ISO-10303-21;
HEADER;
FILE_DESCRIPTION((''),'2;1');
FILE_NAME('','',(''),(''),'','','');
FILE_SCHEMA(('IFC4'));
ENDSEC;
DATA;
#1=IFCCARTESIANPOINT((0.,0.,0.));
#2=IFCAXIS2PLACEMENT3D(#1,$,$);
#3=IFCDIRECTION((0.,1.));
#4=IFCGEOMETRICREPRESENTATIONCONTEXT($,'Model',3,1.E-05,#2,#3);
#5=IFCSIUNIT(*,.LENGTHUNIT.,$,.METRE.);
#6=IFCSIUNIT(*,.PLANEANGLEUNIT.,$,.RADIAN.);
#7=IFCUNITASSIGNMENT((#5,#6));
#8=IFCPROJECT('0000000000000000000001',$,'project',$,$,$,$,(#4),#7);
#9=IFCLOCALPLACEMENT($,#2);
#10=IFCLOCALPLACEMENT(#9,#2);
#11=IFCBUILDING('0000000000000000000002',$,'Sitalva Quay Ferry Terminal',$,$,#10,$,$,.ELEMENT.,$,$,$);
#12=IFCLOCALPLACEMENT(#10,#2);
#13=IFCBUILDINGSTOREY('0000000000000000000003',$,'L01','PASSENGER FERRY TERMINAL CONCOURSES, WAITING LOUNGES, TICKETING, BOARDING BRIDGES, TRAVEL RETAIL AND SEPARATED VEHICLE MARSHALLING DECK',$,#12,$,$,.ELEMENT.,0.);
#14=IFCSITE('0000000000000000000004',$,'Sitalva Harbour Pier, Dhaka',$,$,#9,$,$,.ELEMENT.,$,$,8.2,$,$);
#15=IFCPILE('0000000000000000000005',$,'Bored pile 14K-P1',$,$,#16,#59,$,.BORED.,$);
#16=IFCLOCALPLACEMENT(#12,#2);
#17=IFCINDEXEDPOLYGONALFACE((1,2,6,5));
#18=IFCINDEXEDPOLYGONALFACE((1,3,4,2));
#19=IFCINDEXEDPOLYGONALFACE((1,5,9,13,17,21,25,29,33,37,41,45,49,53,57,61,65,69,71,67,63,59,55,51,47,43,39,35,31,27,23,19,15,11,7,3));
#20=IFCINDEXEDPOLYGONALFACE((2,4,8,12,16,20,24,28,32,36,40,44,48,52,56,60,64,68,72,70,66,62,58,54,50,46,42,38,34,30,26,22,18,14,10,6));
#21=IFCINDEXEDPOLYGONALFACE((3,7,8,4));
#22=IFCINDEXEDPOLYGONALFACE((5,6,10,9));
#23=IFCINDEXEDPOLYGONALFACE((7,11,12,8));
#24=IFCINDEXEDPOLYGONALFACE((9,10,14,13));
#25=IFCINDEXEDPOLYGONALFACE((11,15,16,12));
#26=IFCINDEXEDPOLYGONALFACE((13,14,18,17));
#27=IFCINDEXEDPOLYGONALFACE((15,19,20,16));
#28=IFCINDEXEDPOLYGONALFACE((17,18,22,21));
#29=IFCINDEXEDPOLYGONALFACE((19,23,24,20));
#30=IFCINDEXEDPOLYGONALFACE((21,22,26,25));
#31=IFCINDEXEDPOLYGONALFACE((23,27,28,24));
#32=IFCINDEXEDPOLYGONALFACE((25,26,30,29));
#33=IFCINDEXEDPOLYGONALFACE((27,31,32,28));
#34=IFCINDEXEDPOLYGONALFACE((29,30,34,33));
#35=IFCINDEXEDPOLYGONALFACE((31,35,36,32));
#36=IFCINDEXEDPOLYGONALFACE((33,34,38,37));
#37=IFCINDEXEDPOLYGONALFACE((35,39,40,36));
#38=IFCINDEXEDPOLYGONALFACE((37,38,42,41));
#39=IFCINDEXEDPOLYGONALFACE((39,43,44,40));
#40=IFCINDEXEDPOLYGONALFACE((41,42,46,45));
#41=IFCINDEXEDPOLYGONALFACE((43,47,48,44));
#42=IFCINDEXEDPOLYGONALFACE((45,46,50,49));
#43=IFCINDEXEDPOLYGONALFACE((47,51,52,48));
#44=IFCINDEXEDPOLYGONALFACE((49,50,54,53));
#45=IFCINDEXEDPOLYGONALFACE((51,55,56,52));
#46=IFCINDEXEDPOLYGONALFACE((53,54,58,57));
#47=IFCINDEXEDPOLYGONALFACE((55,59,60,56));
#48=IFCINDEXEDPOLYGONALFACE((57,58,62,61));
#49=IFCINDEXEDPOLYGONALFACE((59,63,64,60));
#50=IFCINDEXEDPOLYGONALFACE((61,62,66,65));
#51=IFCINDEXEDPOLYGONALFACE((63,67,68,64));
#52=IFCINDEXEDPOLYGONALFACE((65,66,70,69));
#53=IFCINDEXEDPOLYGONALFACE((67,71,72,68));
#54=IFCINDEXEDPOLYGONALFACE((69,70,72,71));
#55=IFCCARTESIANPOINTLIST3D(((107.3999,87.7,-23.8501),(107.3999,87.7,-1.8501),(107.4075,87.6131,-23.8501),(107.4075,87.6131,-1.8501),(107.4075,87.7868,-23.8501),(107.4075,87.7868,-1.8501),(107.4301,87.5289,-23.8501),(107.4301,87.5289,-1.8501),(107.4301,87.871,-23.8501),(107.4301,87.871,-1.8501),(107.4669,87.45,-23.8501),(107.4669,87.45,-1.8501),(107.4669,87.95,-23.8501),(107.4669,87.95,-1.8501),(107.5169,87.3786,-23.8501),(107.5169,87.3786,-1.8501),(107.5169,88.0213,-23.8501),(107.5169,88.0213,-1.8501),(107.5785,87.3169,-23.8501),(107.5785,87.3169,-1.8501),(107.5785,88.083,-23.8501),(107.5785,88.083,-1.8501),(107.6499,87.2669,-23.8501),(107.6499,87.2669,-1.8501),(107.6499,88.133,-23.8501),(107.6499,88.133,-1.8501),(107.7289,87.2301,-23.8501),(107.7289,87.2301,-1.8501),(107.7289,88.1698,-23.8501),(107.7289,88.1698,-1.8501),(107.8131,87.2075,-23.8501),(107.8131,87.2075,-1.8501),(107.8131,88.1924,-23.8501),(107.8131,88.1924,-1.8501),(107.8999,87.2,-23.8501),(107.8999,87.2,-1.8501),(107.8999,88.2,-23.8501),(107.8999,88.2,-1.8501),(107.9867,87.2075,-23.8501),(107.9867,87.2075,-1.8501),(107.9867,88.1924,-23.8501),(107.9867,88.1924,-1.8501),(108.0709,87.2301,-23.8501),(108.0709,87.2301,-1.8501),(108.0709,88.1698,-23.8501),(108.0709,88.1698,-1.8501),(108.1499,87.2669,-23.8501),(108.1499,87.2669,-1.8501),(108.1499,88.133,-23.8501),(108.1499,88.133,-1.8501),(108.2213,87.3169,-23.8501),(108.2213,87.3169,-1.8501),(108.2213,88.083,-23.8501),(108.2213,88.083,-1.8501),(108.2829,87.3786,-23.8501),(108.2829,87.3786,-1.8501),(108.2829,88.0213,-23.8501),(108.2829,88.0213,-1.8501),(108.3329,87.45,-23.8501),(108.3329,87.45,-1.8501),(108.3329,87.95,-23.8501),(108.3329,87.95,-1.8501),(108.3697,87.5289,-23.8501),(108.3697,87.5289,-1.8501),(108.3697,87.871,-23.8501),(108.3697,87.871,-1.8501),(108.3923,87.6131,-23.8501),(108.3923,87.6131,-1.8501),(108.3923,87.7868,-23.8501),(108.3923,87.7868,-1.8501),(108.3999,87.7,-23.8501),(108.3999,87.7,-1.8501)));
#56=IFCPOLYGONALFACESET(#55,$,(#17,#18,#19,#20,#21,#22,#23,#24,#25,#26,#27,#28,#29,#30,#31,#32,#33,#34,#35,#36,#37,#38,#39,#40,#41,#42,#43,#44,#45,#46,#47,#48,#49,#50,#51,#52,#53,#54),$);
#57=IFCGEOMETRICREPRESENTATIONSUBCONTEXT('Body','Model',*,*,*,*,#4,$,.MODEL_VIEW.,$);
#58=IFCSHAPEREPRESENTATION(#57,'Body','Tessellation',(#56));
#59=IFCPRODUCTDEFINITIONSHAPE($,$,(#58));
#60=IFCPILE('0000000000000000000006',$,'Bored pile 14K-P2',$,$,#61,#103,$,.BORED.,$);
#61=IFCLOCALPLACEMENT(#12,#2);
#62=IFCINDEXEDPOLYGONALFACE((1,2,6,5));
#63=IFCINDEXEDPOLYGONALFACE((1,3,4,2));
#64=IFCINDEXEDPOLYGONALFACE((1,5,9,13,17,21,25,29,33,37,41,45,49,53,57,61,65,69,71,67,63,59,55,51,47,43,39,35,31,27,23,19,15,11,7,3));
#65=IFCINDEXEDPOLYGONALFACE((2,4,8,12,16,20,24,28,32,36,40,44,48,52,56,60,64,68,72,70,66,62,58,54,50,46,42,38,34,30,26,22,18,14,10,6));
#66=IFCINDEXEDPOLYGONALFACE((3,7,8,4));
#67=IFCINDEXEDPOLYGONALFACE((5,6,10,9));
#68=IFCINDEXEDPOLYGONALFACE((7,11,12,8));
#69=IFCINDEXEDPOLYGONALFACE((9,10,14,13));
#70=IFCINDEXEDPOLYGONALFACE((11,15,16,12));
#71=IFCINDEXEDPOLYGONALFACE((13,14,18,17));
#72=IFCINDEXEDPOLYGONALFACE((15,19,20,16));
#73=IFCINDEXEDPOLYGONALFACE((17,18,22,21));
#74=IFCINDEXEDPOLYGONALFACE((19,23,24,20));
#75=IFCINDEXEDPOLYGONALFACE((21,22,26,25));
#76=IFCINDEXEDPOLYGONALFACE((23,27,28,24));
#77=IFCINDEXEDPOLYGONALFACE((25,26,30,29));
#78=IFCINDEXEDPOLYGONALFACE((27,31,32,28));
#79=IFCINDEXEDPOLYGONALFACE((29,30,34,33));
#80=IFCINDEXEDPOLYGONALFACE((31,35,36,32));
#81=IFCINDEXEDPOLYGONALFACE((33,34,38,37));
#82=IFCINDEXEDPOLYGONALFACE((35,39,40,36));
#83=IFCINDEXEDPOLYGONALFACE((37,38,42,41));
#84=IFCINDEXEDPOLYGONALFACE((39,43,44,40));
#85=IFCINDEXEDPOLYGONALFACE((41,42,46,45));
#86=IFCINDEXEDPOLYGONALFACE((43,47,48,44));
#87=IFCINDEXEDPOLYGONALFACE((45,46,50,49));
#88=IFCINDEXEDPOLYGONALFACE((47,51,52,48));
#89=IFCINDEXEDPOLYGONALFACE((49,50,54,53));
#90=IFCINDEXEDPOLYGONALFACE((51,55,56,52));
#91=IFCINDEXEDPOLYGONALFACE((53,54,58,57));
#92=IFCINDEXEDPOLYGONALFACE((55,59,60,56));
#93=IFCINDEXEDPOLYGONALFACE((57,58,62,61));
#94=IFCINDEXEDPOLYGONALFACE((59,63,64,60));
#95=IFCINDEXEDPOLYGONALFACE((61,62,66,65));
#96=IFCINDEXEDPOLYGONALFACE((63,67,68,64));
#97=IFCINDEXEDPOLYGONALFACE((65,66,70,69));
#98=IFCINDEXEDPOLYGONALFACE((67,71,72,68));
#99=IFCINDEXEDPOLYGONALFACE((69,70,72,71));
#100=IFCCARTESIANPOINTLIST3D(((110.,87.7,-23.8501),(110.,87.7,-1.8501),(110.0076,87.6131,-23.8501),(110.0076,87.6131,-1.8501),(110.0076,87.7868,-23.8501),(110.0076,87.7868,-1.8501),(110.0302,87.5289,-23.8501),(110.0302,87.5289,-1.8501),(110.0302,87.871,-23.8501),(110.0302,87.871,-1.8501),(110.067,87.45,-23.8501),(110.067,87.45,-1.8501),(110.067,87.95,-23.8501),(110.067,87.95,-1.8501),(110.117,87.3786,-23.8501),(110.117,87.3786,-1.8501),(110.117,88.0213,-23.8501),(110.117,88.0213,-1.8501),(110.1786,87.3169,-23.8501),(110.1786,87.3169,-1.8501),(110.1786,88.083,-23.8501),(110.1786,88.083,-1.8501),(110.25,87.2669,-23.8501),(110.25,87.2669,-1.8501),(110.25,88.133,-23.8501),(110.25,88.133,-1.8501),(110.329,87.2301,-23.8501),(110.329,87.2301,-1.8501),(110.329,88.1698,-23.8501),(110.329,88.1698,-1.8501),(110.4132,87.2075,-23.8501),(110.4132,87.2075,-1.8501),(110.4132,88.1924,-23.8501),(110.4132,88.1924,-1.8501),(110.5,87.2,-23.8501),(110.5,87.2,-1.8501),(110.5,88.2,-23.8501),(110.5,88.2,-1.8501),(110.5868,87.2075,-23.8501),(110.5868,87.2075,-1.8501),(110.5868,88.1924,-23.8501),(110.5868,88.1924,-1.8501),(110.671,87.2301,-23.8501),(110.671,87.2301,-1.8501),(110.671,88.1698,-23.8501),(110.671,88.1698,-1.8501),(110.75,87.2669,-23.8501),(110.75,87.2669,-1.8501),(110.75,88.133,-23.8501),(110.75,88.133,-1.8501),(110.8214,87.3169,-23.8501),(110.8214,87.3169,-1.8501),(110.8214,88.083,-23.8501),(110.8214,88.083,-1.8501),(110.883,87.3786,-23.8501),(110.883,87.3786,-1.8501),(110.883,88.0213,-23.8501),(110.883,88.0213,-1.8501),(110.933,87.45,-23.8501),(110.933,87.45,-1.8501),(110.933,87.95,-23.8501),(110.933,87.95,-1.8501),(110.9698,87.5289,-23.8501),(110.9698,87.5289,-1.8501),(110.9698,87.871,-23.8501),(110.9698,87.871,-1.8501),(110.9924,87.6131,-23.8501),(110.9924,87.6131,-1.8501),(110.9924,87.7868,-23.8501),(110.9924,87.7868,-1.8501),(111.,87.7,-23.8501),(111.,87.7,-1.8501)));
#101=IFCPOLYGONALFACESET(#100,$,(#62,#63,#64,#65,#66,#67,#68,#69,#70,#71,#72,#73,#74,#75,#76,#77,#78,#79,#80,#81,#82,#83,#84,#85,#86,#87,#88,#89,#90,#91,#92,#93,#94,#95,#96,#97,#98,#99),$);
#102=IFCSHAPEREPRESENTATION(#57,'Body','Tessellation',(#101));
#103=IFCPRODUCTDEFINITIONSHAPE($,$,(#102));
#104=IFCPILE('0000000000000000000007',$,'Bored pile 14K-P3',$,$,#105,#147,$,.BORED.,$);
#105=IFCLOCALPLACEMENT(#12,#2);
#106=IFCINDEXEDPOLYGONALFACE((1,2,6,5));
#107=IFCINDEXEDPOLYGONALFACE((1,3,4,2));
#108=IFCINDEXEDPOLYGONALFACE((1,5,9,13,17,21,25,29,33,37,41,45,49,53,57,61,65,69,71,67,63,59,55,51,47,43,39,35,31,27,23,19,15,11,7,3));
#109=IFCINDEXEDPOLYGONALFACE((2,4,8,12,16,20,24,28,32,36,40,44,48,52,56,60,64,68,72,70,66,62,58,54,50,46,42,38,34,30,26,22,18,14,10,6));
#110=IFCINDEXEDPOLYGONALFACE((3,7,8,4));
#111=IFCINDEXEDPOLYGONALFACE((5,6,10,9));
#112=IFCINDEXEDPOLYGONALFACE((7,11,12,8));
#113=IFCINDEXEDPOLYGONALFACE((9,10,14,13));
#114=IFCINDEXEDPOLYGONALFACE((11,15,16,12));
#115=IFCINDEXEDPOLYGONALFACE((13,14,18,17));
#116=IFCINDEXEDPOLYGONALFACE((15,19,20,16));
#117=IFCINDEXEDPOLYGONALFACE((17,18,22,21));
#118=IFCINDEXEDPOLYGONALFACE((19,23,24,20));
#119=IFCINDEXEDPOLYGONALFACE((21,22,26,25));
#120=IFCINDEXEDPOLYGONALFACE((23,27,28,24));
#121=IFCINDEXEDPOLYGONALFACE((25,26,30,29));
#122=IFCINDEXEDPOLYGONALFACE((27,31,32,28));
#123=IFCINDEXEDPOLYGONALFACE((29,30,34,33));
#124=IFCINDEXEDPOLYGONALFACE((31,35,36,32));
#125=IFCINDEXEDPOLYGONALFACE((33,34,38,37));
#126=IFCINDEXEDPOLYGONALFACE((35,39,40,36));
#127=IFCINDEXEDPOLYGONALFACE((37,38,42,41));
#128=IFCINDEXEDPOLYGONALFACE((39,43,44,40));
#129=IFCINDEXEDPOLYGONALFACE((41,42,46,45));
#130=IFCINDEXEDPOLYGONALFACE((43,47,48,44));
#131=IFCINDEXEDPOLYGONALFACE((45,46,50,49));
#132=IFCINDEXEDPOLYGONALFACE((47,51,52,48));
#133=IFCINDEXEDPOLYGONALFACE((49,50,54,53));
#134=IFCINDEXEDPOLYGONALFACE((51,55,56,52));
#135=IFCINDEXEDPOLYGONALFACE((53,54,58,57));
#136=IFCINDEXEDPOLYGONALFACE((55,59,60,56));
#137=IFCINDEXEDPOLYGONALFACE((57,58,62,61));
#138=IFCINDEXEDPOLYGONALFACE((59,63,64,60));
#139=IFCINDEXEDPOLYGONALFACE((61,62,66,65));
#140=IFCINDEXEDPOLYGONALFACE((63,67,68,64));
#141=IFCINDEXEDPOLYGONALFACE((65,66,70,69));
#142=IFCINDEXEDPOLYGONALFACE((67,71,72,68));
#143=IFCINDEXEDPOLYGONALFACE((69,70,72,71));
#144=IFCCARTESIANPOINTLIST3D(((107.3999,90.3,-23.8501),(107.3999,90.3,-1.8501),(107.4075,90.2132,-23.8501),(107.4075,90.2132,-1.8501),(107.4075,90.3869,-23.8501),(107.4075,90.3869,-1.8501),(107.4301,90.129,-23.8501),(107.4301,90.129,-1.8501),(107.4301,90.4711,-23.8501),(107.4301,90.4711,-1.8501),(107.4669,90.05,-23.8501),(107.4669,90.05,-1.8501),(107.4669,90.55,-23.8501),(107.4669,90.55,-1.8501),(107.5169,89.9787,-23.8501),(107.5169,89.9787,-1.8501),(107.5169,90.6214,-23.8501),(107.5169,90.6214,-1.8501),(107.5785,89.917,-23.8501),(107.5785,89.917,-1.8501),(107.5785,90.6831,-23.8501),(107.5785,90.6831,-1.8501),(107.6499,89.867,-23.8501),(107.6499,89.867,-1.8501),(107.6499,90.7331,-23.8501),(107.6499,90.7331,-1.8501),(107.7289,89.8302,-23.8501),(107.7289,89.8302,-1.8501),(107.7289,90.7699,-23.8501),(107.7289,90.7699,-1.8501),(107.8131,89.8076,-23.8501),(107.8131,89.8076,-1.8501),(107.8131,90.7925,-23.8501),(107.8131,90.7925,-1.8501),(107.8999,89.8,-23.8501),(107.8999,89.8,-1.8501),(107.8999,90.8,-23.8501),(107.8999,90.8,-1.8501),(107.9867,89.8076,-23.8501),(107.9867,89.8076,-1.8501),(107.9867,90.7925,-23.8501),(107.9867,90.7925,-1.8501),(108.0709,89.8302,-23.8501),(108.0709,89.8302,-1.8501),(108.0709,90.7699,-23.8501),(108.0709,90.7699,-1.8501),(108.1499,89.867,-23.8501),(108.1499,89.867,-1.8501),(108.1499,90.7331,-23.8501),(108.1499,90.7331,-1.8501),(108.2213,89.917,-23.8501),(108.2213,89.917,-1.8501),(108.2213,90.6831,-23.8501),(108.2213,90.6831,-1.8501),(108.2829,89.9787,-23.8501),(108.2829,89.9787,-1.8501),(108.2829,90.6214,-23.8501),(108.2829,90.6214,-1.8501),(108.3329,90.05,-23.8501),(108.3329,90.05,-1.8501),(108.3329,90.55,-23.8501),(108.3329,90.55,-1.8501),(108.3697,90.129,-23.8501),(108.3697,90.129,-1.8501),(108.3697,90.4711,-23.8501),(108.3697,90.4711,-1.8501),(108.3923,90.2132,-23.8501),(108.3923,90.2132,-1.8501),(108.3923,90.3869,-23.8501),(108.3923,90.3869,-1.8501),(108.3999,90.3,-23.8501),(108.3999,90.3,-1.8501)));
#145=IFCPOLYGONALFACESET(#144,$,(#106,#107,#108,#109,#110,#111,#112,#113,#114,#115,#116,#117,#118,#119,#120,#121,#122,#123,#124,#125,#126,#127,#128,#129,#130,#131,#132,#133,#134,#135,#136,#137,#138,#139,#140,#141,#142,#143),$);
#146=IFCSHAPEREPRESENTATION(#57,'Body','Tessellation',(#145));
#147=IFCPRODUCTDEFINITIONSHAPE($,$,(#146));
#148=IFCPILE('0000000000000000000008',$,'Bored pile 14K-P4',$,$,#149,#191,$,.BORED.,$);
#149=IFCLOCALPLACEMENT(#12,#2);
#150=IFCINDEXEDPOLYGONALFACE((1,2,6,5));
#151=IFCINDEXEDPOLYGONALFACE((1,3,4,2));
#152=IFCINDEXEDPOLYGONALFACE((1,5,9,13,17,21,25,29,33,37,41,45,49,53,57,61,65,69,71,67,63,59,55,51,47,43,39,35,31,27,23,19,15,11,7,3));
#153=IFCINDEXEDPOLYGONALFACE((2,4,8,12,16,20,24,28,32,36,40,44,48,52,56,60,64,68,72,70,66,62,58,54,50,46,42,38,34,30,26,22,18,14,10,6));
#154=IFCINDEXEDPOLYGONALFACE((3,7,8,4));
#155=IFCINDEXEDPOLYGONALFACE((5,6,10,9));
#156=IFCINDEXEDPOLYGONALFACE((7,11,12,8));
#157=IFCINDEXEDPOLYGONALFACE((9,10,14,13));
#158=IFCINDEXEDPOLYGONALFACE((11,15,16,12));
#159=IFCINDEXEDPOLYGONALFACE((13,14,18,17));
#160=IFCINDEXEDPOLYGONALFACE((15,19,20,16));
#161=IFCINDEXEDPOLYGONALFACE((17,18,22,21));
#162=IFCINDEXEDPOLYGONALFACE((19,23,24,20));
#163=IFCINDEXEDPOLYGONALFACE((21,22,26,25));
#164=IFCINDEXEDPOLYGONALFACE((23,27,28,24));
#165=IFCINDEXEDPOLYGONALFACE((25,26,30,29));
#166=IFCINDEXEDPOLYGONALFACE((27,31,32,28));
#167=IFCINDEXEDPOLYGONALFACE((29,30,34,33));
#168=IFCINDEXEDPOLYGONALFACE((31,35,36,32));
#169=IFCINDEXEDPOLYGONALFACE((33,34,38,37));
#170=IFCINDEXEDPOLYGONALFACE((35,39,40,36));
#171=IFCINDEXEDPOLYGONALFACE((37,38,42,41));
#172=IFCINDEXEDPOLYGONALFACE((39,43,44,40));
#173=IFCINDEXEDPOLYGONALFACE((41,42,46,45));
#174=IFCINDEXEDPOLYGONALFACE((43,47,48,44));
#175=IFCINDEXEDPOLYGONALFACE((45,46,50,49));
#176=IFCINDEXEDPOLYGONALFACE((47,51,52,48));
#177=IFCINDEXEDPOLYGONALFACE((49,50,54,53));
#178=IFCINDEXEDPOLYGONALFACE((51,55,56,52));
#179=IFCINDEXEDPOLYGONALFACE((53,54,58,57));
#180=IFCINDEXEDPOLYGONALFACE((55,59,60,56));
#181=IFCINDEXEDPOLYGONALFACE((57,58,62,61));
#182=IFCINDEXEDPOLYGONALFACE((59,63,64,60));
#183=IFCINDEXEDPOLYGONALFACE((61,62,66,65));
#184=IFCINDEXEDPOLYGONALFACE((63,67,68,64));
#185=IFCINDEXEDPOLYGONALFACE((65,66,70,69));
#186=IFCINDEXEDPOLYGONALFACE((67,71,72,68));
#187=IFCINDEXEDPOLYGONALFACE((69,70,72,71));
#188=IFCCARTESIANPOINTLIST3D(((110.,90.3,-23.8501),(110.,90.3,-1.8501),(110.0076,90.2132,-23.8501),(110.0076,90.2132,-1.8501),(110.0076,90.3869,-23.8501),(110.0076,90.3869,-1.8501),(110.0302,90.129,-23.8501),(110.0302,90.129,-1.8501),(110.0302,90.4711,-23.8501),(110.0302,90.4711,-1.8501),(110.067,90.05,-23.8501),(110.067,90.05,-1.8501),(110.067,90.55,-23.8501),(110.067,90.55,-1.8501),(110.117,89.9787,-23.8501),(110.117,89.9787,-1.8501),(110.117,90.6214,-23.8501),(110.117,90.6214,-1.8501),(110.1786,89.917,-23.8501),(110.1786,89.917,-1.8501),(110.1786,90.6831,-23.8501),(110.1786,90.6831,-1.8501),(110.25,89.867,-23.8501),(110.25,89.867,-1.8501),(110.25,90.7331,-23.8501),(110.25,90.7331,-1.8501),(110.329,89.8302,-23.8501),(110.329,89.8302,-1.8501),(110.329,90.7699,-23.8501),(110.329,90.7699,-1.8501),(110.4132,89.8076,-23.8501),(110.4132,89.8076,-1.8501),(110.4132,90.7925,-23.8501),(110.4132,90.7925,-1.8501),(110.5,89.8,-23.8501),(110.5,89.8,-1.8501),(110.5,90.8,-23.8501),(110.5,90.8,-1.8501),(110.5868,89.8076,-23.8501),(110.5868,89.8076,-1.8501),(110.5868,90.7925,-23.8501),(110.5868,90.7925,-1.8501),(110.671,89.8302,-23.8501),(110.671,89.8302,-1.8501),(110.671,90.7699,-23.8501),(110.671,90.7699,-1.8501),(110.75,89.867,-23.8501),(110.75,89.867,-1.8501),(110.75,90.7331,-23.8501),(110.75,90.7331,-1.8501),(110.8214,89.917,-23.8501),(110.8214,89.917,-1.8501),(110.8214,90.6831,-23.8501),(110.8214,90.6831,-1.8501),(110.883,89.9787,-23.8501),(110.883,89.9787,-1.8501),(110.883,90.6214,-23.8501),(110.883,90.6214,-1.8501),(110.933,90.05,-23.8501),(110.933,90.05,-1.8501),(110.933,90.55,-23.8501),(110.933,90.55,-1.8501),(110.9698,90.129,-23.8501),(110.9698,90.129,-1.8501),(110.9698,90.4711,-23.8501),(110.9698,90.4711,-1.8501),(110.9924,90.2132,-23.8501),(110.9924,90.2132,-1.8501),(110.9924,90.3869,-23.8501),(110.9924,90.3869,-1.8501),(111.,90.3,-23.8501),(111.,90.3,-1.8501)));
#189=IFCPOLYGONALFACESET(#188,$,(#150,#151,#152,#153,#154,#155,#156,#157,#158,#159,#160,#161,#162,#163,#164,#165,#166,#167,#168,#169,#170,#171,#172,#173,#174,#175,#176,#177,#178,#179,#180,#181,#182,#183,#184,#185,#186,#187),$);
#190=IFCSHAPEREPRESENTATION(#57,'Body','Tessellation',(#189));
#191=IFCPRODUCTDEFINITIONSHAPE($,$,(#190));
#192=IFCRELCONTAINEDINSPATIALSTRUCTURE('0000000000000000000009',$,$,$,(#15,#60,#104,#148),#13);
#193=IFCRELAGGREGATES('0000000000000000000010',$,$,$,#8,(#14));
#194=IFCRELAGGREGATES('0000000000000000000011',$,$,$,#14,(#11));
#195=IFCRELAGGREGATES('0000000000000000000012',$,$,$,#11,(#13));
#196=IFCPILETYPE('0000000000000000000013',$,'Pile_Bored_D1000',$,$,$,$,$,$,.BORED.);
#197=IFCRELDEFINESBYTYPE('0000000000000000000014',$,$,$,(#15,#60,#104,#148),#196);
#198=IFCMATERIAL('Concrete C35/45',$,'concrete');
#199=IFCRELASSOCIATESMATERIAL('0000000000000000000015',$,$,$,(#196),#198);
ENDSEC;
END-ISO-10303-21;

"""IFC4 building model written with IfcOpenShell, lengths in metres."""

from ifc_helpers import new_model, si_unit, direction, frame, origin, origin_2d, place, context, subcontext, project, spatial, circle, extrude, material, material_profile, profile_set, type_object, element, save


model = new_model("IFC4")

# Units and contexts
model_context = context("Model", 3, precision=1e-05, world=origin(), true_north=direction((0.0, 1.0)))
body_context = subcontext(model_context, "Body", "Model", "MODEL_VIEW")
ifc_project = project(units=[si_unit("LENGTHUNIT", "METRE"), si_unit("PLANEANGLEUNIT", "RADIAN")], contexts=[model_context])

# Site, building, storey
site_placement = place(None, origin())
site = spatial("IfcSite", under=ifc_project, at=site_placement, Name="Sitalva Harbour Pier, Dhaka", CompositionType="ELEMENT", RefElevation=8.2)
building_placement = place(site_placement, origin())
building = spatial("IfcBuilding", under=site, at=building_placement, Name="Sitalva Quay Ferry Terminal", CompositionType="ELEMENT")
storey_placement = place(building_placement, origin())
storey = spatial("IfcBuildingStorey", under=building, at=storey_placement, Name="L01", Description="PASSENGER FERRY TERMINAL CONCOURSES, WAITING LOUNGES, TICKETING, BOARDING BRIDGES, TRAVEL RETAIL AND SEPARATED VEHICLE MARSHALLING DECK", CompositionType="ELEMENT", Elevation=0.0)

# Piles
ifc_material_1 = material(Name="Concrete C35/45", Category="concrete")
ifc_material_profile_1 = material_profile(ifc_material_1, circle(Radius=0.5, at=origin_2d()), Name="PILE-D1000")
ifc_profile_set_1 = profile_set([ifc_material_profile_1], Name="Concrete C35/45")
pile_type = type_object("IfcPileType", Name="Pile_Bored_D1000", PredefinedType="BORED", material=ifc_profile_set_1)
for number, where, z_axis, x_axis, name in (
    (1, (107.8999, 87.7, -1.8501), (0.0, 0.0, -1.0), (1.0, 0.0, 0.0), "Bored pile 14K-P1"),
    (2, (110.5, 87.7, -1.8501), (0.0, 0.0, -1.0), (1.0, 0.0, 0.0), "Bored pile 14K-P2"),
    (3, (107.8999, 90.3, -1.8501), (0.0, 0.0, -1.0), (1.0, 0.0, 0.0), "Bored pile 14K-P3"),
    (4, (110.5, 90.3, -1.8501), (0.0, 0.0, -1.0), (1.0, 0.0, 0.0), "Bored pile 14K-P4"),
):
    element("IfcPile", number, at=place(storey_placement, frame(where, z_axis=z_axis, x_axis=x_axis)), inside=storey, type_object=pile_type, Name=name, PredefinedType="BORED", context=body_context, shape_type="SweptSolid", body=[
        extrude(circle(Radius=0.5, at=origin_2d()), origin(), (0.0, 0.0, 1.0), 22.0),
    ])

save(model, "model.ifc")
